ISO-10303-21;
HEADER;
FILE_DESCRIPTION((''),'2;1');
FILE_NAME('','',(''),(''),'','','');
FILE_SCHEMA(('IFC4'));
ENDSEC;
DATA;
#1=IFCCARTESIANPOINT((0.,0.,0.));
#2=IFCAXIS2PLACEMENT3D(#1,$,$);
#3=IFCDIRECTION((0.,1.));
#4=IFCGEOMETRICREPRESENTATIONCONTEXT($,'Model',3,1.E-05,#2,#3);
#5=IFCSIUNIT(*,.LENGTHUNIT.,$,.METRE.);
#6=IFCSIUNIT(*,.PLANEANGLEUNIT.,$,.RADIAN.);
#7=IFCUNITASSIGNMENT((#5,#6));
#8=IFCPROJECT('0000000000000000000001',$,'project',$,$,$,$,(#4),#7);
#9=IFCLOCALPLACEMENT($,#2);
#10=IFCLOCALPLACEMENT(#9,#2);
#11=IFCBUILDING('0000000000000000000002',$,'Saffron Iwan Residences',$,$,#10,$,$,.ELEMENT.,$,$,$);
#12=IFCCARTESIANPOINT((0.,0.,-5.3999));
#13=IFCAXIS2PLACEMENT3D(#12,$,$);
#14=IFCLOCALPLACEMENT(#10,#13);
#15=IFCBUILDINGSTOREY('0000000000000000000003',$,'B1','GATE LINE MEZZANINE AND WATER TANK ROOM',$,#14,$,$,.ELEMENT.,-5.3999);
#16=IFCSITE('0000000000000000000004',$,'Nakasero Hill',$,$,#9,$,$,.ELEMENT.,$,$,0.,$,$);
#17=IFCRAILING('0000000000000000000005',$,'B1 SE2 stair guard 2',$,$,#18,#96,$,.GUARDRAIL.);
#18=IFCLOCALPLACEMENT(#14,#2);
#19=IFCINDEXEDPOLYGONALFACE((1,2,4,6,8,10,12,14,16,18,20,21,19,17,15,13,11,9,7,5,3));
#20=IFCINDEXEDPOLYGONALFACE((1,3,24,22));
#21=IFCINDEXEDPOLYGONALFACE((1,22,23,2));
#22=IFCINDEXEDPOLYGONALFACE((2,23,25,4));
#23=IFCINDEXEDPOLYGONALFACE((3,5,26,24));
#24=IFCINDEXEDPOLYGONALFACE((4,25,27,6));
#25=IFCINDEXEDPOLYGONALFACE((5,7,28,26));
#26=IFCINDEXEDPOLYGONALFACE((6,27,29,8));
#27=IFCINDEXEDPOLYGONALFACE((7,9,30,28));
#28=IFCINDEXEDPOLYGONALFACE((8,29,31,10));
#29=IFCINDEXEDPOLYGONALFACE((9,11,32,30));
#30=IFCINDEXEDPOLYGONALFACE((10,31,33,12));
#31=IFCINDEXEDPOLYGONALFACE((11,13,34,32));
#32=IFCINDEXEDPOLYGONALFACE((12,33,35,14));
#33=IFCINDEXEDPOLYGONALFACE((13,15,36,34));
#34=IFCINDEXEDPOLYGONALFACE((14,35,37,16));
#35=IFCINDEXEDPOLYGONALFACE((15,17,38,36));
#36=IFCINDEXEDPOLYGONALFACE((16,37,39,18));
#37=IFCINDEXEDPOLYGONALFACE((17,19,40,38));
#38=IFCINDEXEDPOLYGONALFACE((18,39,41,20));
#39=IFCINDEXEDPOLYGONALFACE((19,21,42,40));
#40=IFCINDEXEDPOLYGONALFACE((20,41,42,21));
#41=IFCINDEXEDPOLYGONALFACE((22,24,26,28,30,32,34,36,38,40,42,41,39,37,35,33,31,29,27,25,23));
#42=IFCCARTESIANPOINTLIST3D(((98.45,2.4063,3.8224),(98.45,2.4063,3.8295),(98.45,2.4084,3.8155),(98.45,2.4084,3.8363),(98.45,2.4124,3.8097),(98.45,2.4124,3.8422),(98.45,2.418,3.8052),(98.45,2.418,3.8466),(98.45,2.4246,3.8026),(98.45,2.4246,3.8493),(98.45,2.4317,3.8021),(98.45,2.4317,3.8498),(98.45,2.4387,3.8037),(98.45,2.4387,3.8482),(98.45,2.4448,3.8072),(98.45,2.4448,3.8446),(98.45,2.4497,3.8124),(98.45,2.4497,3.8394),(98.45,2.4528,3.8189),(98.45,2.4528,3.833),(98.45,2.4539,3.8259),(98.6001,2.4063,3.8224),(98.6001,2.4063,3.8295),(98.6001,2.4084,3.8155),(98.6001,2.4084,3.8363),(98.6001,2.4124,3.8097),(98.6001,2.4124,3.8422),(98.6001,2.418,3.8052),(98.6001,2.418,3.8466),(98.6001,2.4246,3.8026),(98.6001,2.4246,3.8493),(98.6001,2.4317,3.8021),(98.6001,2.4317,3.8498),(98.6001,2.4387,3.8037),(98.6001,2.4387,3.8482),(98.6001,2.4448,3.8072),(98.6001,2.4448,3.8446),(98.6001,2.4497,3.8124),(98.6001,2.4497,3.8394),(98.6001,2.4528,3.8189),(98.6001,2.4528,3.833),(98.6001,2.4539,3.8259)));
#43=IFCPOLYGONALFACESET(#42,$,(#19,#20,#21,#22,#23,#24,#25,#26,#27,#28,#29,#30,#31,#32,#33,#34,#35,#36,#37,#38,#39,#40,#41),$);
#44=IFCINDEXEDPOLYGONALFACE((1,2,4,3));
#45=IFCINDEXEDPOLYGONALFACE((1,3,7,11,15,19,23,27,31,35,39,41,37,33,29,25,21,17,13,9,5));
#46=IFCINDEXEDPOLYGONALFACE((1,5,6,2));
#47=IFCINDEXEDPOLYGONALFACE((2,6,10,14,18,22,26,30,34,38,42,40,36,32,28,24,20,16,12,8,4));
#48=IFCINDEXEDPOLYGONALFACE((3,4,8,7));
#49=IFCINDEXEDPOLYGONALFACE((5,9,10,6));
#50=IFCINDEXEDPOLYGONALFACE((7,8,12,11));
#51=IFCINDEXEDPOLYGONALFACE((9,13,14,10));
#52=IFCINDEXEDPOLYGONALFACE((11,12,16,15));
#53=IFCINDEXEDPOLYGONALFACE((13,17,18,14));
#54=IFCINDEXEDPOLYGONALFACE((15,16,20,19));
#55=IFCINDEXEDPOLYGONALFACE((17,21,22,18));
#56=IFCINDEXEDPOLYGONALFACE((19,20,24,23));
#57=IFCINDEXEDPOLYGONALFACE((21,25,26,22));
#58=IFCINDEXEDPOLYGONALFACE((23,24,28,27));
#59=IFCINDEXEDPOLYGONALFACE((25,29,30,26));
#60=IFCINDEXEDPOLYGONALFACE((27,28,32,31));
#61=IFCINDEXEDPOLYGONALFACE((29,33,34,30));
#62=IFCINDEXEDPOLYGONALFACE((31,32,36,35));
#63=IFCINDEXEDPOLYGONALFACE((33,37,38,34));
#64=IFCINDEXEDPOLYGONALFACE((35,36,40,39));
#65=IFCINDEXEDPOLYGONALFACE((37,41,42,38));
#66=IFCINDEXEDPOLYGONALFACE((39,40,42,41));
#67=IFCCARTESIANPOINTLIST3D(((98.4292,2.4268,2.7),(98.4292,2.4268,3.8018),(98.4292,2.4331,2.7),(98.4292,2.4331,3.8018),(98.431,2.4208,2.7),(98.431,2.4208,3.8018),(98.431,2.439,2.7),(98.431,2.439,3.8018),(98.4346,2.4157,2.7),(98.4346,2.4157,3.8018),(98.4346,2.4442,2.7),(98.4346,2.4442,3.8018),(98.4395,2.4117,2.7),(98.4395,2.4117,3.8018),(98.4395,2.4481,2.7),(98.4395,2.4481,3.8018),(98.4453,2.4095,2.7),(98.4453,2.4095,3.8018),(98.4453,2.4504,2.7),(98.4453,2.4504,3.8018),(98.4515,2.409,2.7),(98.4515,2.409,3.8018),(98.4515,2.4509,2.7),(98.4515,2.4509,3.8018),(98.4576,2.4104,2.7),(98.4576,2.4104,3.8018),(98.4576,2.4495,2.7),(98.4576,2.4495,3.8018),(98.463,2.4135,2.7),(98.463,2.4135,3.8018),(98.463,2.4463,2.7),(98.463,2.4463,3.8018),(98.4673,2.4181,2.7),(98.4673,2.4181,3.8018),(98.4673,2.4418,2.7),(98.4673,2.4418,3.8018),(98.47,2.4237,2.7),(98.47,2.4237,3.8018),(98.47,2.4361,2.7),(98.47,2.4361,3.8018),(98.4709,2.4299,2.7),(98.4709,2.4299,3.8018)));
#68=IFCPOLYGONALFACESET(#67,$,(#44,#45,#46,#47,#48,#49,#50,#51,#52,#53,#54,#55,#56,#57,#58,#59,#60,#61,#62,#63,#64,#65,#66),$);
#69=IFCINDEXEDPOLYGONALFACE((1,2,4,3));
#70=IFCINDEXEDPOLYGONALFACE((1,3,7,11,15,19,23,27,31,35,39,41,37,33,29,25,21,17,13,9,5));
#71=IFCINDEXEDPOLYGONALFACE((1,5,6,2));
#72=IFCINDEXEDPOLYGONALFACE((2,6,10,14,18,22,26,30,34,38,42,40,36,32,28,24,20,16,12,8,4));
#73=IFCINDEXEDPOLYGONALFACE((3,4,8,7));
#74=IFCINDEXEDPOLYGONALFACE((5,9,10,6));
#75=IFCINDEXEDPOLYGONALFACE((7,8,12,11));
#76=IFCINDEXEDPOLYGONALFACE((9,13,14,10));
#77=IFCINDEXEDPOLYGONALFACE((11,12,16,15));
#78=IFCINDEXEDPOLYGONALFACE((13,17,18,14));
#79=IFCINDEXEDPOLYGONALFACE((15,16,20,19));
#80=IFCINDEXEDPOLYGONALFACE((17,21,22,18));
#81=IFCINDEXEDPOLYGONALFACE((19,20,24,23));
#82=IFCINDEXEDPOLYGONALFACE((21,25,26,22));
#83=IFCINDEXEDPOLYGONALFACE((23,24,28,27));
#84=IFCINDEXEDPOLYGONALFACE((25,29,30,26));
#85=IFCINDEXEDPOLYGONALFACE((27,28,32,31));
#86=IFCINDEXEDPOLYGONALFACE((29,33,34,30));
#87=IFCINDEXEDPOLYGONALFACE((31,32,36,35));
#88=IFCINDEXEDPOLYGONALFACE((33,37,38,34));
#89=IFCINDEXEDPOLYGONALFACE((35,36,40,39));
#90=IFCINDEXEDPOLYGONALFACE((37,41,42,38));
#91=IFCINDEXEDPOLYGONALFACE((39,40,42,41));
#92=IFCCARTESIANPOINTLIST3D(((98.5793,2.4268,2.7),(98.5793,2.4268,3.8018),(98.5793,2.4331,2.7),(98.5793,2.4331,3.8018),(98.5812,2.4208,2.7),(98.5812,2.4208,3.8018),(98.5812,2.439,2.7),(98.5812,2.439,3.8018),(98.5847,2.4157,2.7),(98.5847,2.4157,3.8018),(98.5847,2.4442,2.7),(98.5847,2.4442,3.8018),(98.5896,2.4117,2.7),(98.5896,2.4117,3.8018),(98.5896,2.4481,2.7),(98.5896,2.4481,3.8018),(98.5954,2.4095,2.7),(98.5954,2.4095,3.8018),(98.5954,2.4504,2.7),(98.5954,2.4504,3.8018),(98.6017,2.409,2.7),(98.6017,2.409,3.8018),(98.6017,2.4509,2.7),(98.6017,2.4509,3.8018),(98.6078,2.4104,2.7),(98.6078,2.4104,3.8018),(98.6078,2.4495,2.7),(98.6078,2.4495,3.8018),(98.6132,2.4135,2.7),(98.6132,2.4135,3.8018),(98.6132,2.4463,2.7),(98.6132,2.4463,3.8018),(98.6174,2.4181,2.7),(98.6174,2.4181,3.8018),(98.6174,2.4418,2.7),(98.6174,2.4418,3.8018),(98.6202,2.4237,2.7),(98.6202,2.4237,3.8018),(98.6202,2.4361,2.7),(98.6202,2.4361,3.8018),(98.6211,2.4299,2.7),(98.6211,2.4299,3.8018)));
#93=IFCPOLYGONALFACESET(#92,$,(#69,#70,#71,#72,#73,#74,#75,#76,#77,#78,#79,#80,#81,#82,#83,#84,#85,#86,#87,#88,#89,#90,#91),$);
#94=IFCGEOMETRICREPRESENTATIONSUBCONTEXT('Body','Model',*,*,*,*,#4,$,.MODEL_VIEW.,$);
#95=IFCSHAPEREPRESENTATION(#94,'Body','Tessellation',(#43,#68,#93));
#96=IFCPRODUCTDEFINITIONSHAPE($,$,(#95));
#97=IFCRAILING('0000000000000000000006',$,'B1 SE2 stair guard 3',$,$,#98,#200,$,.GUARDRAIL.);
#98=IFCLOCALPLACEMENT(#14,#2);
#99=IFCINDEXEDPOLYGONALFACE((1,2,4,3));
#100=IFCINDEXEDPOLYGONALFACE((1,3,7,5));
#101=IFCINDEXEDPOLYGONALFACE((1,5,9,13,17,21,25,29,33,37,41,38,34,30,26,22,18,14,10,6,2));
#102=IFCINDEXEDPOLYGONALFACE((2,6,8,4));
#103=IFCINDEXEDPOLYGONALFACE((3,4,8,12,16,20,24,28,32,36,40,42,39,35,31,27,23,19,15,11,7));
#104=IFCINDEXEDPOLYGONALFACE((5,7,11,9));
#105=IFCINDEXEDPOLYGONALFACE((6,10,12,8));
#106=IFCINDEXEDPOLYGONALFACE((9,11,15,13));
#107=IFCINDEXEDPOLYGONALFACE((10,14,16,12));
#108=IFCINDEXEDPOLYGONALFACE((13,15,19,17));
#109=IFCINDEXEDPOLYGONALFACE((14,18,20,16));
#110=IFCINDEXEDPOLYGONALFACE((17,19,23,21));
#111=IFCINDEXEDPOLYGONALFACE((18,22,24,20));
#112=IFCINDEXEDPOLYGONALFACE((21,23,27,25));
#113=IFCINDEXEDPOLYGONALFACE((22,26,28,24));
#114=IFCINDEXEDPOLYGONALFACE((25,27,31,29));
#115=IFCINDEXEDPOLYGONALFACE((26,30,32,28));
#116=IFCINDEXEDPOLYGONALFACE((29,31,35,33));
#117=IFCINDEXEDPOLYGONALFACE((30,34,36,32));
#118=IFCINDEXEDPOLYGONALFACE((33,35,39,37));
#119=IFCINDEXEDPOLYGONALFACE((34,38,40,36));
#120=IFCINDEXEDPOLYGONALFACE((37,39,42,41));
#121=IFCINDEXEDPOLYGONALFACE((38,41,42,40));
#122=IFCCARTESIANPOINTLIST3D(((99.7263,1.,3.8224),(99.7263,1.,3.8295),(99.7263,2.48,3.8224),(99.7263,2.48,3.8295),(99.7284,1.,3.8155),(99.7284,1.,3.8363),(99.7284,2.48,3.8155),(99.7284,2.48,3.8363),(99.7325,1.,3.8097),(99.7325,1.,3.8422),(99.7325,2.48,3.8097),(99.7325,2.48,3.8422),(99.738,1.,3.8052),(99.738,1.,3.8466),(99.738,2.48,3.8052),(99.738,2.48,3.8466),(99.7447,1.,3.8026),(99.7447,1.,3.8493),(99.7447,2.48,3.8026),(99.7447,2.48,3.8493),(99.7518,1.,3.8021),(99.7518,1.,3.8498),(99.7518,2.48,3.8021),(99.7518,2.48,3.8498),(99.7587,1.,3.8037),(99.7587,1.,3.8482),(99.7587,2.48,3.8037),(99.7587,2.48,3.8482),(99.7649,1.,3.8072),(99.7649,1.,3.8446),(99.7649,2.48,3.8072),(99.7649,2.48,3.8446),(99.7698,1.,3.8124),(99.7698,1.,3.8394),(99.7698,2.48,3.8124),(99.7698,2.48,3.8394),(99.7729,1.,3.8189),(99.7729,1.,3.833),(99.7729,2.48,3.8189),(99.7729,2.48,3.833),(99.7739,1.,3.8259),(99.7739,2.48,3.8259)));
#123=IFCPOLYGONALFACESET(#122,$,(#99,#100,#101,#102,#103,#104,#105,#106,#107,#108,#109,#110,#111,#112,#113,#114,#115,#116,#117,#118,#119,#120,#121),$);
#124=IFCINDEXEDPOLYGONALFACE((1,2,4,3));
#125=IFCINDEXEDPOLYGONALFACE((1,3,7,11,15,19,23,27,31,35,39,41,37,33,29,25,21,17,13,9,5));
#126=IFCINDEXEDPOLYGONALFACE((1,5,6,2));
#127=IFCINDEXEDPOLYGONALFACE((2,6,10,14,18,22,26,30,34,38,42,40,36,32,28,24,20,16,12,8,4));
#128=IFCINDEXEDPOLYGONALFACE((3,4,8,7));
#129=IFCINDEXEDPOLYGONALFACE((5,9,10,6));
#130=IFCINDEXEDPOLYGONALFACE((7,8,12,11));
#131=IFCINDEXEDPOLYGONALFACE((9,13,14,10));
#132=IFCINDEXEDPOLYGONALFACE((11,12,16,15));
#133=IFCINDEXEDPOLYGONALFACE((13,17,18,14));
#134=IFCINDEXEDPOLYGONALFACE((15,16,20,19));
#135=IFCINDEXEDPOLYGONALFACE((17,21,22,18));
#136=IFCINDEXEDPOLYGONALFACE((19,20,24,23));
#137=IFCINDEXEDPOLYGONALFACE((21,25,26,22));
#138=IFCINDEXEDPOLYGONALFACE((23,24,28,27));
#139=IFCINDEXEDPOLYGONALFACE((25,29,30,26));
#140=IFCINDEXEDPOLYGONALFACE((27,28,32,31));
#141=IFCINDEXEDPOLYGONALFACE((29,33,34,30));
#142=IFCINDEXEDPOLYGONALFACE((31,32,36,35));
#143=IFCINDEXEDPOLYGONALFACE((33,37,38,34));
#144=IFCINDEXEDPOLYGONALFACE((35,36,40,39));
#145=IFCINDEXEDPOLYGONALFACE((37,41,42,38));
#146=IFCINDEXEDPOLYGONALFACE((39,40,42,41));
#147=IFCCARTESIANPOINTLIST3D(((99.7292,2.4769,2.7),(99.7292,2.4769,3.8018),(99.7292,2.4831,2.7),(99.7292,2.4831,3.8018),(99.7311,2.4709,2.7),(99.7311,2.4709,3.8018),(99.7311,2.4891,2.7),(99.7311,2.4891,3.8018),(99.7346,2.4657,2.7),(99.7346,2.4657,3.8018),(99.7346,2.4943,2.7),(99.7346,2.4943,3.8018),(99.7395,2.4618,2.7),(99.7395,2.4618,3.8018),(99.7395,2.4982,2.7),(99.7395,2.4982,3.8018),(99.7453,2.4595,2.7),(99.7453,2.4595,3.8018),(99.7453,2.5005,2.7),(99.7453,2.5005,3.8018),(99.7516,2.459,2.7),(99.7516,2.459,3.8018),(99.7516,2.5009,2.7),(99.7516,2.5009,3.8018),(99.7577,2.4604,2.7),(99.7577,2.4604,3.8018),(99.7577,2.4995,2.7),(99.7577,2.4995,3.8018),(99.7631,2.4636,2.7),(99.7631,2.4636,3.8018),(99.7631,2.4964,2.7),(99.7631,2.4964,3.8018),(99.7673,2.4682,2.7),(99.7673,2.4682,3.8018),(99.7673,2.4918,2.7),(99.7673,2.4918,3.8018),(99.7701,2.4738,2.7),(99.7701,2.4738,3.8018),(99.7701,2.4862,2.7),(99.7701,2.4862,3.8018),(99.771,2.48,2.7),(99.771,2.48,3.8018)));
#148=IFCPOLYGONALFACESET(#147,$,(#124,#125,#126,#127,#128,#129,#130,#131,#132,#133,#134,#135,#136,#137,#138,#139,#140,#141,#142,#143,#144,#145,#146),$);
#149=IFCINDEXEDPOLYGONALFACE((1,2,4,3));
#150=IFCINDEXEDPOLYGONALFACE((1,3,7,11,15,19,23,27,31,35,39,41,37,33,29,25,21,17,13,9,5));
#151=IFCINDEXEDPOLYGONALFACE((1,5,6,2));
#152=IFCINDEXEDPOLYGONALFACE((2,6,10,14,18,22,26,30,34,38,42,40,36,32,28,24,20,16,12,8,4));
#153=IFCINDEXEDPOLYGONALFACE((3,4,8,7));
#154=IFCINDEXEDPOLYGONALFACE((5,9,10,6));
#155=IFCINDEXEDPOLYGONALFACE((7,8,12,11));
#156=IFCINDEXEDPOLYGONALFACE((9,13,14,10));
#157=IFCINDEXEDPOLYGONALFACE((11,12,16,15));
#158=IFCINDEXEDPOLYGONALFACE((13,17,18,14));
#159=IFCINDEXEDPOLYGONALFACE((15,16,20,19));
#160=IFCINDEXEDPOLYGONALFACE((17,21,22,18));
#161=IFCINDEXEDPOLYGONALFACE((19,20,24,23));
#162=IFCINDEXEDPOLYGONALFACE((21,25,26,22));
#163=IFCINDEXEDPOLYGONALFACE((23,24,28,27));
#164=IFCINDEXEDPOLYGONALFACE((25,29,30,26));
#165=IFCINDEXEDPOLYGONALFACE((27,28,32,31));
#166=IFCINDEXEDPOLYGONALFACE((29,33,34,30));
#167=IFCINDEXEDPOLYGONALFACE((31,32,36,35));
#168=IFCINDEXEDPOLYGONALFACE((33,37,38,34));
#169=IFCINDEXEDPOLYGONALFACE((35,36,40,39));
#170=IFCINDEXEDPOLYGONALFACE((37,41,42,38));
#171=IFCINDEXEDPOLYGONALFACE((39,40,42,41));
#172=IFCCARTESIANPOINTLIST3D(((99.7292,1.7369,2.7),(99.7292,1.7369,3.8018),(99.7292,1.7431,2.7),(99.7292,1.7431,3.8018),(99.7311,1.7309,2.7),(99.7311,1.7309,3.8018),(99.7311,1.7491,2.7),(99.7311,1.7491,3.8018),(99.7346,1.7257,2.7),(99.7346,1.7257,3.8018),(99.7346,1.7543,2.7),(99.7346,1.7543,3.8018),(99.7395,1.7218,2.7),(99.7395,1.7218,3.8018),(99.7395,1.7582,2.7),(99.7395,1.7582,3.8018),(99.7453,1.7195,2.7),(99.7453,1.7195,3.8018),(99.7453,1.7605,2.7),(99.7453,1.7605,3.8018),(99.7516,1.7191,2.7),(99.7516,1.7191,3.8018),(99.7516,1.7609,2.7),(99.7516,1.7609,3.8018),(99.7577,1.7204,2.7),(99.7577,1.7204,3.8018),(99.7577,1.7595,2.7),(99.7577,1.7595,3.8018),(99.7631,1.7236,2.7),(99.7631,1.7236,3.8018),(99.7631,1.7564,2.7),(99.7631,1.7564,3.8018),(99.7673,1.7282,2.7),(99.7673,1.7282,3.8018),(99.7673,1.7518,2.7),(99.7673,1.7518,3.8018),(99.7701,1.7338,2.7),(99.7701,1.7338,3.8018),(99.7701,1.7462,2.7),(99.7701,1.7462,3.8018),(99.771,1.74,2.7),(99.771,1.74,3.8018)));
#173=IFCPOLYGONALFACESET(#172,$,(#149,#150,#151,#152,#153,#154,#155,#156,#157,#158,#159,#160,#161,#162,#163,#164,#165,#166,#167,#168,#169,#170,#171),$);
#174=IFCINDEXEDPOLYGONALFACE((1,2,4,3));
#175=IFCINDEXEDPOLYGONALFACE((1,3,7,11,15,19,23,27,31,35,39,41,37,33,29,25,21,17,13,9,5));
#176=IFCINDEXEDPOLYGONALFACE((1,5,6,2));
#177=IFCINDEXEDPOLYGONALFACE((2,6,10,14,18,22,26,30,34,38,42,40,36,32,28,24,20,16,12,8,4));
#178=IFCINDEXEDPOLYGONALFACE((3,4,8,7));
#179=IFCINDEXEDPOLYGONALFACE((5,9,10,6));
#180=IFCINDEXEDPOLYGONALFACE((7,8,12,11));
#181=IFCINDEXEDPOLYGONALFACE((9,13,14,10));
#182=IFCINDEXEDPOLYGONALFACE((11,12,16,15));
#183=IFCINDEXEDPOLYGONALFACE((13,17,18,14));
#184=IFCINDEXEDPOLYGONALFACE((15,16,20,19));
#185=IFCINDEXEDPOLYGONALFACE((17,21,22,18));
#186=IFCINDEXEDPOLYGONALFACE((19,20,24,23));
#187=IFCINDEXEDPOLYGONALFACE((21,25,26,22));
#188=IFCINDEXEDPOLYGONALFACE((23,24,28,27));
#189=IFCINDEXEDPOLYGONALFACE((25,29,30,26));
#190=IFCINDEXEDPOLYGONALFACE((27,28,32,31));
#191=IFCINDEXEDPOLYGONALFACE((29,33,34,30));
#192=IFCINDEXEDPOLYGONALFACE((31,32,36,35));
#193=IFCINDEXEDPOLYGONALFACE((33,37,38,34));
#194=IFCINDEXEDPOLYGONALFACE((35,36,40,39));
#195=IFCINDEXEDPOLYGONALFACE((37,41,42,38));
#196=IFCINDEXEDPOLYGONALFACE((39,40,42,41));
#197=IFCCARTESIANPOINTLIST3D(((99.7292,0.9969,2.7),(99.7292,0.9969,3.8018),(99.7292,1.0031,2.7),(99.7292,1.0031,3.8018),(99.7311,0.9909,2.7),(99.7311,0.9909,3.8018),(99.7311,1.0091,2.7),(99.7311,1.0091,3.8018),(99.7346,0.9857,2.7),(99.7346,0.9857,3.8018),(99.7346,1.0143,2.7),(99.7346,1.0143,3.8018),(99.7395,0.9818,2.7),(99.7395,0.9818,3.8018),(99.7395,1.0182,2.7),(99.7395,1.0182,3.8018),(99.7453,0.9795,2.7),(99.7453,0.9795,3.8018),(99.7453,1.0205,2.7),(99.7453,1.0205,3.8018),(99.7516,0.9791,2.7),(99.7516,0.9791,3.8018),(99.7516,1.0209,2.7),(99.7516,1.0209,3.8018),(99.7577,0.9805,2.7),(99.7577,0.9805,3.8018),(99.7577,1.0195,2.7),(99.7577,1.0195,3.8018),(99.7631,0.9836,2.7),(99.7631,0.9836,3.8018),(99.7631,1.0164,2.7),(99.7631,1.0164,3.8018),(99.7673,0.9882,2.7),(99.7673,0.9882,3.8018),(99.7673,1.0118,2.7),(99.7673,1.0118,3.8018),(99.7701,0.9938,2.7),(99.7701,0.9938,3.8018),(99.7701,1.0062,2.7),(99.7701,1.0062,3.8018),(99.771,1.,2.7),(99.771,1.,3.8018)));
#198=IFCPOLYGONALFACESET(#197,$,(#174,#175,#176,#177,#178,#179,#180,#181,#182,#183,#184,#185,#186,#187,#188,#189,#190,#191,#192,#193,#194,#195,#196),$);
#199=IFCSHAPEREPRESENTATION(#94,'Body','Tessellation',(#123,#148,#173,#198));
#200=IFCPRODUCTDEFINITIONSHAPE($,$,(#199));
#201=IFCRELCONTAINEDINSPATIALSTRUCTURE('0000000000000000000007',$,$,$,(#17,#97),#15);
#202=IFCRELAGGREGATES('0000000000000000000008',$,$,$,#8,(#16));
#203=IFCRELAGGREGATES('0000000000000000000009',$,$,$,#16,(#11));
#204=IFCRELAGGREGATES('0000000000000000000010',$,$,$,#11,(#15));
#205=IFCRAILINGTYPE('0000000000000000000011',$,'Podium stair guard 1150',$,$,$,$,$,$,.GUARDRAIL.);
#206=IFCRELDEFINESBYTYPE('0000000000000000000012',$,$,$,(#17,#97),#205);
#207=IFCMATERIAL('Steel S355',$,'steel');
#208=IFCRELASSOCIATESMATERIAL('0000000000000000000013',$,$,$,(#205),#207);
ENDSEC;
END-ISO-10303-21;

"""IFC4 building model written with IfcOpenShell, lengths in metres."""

from ifc_helpers import new_model, si_unit, direction, frame, origin, origin_2d, place, context, subcontext, project, spatial, circle, extrude, material, type_object, element, save


model = new_model("IFC4")

# Units and contexts
model_context = context("Model", 3, precision=1e-05, world=origin(), true_north=direction((0.0, 1.0)))
body_context = subcontext(model_context, "Body", "Model", "MODEL_VIEW")
ifc_project = project(units=[si_unit("LENGTHUNIT", "METRE"), si_unit("PLANEANGLEUNIT", "RADIAN")], contexts=[model_context])

# Site, building, storey
site_placement = place(None, origin())
site = spatial("IfcSite", under=ifc_project, at=site_placement, Name="Nakasero Hill", CompositionType="ELEMENT", RefElevation=0.0)
building_placement = place(site_placement, origin())
building = spatial("IfcBuilding", under=site, at=building_placement, Name="Saffron Iwan Residences", CompositionType="ELEMENT")
storey_placement = place(building_placement, frame((0.0, 0.0, -5.3999)))
storey = spatial("IfcBuildingStorey", under=building, at=storey_placement, Name="B1", Description="GATE LINE MEZZANINE AND WATER TANK ROOM", CompositionType="ELEMENT", Elevation=-5.3999)

# Railings
ifc_material_1 = material(Name="Steel S355", Category="steel")
railing_type_1 = type_object("IfcRailingType", Name="Podium stair guard 1150", PredefinedType="GUARDRAIL", material=ifc_material_1)
railing_1_placement = place(storey_placement, frame((98.45, 2.4299, 2.7)))
element("IfcRailing", 1, at=railing_1_placement, inside=storey, type_object=railing_type_1, Name="B1 SE2 stair guard 2", PredefinedType="GUARDRAIL", context=body_context, shape_type="SweptSolid", body=[
    extrude(circle(Radius=0.0239, at=origin_2d()), frame((0.0, 0.0, 1.126), z_axis=(1.0, 0.0, 0.0), x_axis=(0.0, 1.0, 0.0)), (0.0, 0.0, 1.0), 0.1501),
    extrude(circle(Radius=0.021, at=origin_2d()), origin(), (0.0, 0.0, 1.0), 1.1018),
    extrude(circle(Radius=0.021, at=origin_2d()), frame((0.1501, 0.0, 0.0)), (0.0, 0.0, 1.0), 1.1018),
])
railing_2_placement = place(storey_placement, frame((99.75, 2.48, 2.7)))
element("IfcRailing", 2, at=railing_2_placement, inside=storey, type_object=railing_type_1, Name="B1 SE2 stair guard 3", PredefinedType="GUARDRAIL", context=body_context, shape_type="SweptSolid", body=[
    extrude(circle(Radius=0.0239, at=origin_2d()), frame((0.0, 0.0, 1.126), z_axis=(0.0, -1.0, 0.0), x_axis=(1.0, 0.0, 0.0)), (0.0, 0.0, 1.0), 1.48),
    extrude(circle(Radius=0.021, at=origin_2d()), origin(), (0.0, 0.0, 1.0), 1.1018),
    extrude(circle(Radius=0.021, at=origin_2d()), frame((0.0, -0.74, 0.0)), (0.0, 0.0, 1.0), 1.1018),
    extrude(circle(Radius=0.021, at=origin_2d()), frame((0.0, -1.48, 0.0)), (0.0, 0.0, 1.0), 1.1018),
])

save(model, "model.ifc")
